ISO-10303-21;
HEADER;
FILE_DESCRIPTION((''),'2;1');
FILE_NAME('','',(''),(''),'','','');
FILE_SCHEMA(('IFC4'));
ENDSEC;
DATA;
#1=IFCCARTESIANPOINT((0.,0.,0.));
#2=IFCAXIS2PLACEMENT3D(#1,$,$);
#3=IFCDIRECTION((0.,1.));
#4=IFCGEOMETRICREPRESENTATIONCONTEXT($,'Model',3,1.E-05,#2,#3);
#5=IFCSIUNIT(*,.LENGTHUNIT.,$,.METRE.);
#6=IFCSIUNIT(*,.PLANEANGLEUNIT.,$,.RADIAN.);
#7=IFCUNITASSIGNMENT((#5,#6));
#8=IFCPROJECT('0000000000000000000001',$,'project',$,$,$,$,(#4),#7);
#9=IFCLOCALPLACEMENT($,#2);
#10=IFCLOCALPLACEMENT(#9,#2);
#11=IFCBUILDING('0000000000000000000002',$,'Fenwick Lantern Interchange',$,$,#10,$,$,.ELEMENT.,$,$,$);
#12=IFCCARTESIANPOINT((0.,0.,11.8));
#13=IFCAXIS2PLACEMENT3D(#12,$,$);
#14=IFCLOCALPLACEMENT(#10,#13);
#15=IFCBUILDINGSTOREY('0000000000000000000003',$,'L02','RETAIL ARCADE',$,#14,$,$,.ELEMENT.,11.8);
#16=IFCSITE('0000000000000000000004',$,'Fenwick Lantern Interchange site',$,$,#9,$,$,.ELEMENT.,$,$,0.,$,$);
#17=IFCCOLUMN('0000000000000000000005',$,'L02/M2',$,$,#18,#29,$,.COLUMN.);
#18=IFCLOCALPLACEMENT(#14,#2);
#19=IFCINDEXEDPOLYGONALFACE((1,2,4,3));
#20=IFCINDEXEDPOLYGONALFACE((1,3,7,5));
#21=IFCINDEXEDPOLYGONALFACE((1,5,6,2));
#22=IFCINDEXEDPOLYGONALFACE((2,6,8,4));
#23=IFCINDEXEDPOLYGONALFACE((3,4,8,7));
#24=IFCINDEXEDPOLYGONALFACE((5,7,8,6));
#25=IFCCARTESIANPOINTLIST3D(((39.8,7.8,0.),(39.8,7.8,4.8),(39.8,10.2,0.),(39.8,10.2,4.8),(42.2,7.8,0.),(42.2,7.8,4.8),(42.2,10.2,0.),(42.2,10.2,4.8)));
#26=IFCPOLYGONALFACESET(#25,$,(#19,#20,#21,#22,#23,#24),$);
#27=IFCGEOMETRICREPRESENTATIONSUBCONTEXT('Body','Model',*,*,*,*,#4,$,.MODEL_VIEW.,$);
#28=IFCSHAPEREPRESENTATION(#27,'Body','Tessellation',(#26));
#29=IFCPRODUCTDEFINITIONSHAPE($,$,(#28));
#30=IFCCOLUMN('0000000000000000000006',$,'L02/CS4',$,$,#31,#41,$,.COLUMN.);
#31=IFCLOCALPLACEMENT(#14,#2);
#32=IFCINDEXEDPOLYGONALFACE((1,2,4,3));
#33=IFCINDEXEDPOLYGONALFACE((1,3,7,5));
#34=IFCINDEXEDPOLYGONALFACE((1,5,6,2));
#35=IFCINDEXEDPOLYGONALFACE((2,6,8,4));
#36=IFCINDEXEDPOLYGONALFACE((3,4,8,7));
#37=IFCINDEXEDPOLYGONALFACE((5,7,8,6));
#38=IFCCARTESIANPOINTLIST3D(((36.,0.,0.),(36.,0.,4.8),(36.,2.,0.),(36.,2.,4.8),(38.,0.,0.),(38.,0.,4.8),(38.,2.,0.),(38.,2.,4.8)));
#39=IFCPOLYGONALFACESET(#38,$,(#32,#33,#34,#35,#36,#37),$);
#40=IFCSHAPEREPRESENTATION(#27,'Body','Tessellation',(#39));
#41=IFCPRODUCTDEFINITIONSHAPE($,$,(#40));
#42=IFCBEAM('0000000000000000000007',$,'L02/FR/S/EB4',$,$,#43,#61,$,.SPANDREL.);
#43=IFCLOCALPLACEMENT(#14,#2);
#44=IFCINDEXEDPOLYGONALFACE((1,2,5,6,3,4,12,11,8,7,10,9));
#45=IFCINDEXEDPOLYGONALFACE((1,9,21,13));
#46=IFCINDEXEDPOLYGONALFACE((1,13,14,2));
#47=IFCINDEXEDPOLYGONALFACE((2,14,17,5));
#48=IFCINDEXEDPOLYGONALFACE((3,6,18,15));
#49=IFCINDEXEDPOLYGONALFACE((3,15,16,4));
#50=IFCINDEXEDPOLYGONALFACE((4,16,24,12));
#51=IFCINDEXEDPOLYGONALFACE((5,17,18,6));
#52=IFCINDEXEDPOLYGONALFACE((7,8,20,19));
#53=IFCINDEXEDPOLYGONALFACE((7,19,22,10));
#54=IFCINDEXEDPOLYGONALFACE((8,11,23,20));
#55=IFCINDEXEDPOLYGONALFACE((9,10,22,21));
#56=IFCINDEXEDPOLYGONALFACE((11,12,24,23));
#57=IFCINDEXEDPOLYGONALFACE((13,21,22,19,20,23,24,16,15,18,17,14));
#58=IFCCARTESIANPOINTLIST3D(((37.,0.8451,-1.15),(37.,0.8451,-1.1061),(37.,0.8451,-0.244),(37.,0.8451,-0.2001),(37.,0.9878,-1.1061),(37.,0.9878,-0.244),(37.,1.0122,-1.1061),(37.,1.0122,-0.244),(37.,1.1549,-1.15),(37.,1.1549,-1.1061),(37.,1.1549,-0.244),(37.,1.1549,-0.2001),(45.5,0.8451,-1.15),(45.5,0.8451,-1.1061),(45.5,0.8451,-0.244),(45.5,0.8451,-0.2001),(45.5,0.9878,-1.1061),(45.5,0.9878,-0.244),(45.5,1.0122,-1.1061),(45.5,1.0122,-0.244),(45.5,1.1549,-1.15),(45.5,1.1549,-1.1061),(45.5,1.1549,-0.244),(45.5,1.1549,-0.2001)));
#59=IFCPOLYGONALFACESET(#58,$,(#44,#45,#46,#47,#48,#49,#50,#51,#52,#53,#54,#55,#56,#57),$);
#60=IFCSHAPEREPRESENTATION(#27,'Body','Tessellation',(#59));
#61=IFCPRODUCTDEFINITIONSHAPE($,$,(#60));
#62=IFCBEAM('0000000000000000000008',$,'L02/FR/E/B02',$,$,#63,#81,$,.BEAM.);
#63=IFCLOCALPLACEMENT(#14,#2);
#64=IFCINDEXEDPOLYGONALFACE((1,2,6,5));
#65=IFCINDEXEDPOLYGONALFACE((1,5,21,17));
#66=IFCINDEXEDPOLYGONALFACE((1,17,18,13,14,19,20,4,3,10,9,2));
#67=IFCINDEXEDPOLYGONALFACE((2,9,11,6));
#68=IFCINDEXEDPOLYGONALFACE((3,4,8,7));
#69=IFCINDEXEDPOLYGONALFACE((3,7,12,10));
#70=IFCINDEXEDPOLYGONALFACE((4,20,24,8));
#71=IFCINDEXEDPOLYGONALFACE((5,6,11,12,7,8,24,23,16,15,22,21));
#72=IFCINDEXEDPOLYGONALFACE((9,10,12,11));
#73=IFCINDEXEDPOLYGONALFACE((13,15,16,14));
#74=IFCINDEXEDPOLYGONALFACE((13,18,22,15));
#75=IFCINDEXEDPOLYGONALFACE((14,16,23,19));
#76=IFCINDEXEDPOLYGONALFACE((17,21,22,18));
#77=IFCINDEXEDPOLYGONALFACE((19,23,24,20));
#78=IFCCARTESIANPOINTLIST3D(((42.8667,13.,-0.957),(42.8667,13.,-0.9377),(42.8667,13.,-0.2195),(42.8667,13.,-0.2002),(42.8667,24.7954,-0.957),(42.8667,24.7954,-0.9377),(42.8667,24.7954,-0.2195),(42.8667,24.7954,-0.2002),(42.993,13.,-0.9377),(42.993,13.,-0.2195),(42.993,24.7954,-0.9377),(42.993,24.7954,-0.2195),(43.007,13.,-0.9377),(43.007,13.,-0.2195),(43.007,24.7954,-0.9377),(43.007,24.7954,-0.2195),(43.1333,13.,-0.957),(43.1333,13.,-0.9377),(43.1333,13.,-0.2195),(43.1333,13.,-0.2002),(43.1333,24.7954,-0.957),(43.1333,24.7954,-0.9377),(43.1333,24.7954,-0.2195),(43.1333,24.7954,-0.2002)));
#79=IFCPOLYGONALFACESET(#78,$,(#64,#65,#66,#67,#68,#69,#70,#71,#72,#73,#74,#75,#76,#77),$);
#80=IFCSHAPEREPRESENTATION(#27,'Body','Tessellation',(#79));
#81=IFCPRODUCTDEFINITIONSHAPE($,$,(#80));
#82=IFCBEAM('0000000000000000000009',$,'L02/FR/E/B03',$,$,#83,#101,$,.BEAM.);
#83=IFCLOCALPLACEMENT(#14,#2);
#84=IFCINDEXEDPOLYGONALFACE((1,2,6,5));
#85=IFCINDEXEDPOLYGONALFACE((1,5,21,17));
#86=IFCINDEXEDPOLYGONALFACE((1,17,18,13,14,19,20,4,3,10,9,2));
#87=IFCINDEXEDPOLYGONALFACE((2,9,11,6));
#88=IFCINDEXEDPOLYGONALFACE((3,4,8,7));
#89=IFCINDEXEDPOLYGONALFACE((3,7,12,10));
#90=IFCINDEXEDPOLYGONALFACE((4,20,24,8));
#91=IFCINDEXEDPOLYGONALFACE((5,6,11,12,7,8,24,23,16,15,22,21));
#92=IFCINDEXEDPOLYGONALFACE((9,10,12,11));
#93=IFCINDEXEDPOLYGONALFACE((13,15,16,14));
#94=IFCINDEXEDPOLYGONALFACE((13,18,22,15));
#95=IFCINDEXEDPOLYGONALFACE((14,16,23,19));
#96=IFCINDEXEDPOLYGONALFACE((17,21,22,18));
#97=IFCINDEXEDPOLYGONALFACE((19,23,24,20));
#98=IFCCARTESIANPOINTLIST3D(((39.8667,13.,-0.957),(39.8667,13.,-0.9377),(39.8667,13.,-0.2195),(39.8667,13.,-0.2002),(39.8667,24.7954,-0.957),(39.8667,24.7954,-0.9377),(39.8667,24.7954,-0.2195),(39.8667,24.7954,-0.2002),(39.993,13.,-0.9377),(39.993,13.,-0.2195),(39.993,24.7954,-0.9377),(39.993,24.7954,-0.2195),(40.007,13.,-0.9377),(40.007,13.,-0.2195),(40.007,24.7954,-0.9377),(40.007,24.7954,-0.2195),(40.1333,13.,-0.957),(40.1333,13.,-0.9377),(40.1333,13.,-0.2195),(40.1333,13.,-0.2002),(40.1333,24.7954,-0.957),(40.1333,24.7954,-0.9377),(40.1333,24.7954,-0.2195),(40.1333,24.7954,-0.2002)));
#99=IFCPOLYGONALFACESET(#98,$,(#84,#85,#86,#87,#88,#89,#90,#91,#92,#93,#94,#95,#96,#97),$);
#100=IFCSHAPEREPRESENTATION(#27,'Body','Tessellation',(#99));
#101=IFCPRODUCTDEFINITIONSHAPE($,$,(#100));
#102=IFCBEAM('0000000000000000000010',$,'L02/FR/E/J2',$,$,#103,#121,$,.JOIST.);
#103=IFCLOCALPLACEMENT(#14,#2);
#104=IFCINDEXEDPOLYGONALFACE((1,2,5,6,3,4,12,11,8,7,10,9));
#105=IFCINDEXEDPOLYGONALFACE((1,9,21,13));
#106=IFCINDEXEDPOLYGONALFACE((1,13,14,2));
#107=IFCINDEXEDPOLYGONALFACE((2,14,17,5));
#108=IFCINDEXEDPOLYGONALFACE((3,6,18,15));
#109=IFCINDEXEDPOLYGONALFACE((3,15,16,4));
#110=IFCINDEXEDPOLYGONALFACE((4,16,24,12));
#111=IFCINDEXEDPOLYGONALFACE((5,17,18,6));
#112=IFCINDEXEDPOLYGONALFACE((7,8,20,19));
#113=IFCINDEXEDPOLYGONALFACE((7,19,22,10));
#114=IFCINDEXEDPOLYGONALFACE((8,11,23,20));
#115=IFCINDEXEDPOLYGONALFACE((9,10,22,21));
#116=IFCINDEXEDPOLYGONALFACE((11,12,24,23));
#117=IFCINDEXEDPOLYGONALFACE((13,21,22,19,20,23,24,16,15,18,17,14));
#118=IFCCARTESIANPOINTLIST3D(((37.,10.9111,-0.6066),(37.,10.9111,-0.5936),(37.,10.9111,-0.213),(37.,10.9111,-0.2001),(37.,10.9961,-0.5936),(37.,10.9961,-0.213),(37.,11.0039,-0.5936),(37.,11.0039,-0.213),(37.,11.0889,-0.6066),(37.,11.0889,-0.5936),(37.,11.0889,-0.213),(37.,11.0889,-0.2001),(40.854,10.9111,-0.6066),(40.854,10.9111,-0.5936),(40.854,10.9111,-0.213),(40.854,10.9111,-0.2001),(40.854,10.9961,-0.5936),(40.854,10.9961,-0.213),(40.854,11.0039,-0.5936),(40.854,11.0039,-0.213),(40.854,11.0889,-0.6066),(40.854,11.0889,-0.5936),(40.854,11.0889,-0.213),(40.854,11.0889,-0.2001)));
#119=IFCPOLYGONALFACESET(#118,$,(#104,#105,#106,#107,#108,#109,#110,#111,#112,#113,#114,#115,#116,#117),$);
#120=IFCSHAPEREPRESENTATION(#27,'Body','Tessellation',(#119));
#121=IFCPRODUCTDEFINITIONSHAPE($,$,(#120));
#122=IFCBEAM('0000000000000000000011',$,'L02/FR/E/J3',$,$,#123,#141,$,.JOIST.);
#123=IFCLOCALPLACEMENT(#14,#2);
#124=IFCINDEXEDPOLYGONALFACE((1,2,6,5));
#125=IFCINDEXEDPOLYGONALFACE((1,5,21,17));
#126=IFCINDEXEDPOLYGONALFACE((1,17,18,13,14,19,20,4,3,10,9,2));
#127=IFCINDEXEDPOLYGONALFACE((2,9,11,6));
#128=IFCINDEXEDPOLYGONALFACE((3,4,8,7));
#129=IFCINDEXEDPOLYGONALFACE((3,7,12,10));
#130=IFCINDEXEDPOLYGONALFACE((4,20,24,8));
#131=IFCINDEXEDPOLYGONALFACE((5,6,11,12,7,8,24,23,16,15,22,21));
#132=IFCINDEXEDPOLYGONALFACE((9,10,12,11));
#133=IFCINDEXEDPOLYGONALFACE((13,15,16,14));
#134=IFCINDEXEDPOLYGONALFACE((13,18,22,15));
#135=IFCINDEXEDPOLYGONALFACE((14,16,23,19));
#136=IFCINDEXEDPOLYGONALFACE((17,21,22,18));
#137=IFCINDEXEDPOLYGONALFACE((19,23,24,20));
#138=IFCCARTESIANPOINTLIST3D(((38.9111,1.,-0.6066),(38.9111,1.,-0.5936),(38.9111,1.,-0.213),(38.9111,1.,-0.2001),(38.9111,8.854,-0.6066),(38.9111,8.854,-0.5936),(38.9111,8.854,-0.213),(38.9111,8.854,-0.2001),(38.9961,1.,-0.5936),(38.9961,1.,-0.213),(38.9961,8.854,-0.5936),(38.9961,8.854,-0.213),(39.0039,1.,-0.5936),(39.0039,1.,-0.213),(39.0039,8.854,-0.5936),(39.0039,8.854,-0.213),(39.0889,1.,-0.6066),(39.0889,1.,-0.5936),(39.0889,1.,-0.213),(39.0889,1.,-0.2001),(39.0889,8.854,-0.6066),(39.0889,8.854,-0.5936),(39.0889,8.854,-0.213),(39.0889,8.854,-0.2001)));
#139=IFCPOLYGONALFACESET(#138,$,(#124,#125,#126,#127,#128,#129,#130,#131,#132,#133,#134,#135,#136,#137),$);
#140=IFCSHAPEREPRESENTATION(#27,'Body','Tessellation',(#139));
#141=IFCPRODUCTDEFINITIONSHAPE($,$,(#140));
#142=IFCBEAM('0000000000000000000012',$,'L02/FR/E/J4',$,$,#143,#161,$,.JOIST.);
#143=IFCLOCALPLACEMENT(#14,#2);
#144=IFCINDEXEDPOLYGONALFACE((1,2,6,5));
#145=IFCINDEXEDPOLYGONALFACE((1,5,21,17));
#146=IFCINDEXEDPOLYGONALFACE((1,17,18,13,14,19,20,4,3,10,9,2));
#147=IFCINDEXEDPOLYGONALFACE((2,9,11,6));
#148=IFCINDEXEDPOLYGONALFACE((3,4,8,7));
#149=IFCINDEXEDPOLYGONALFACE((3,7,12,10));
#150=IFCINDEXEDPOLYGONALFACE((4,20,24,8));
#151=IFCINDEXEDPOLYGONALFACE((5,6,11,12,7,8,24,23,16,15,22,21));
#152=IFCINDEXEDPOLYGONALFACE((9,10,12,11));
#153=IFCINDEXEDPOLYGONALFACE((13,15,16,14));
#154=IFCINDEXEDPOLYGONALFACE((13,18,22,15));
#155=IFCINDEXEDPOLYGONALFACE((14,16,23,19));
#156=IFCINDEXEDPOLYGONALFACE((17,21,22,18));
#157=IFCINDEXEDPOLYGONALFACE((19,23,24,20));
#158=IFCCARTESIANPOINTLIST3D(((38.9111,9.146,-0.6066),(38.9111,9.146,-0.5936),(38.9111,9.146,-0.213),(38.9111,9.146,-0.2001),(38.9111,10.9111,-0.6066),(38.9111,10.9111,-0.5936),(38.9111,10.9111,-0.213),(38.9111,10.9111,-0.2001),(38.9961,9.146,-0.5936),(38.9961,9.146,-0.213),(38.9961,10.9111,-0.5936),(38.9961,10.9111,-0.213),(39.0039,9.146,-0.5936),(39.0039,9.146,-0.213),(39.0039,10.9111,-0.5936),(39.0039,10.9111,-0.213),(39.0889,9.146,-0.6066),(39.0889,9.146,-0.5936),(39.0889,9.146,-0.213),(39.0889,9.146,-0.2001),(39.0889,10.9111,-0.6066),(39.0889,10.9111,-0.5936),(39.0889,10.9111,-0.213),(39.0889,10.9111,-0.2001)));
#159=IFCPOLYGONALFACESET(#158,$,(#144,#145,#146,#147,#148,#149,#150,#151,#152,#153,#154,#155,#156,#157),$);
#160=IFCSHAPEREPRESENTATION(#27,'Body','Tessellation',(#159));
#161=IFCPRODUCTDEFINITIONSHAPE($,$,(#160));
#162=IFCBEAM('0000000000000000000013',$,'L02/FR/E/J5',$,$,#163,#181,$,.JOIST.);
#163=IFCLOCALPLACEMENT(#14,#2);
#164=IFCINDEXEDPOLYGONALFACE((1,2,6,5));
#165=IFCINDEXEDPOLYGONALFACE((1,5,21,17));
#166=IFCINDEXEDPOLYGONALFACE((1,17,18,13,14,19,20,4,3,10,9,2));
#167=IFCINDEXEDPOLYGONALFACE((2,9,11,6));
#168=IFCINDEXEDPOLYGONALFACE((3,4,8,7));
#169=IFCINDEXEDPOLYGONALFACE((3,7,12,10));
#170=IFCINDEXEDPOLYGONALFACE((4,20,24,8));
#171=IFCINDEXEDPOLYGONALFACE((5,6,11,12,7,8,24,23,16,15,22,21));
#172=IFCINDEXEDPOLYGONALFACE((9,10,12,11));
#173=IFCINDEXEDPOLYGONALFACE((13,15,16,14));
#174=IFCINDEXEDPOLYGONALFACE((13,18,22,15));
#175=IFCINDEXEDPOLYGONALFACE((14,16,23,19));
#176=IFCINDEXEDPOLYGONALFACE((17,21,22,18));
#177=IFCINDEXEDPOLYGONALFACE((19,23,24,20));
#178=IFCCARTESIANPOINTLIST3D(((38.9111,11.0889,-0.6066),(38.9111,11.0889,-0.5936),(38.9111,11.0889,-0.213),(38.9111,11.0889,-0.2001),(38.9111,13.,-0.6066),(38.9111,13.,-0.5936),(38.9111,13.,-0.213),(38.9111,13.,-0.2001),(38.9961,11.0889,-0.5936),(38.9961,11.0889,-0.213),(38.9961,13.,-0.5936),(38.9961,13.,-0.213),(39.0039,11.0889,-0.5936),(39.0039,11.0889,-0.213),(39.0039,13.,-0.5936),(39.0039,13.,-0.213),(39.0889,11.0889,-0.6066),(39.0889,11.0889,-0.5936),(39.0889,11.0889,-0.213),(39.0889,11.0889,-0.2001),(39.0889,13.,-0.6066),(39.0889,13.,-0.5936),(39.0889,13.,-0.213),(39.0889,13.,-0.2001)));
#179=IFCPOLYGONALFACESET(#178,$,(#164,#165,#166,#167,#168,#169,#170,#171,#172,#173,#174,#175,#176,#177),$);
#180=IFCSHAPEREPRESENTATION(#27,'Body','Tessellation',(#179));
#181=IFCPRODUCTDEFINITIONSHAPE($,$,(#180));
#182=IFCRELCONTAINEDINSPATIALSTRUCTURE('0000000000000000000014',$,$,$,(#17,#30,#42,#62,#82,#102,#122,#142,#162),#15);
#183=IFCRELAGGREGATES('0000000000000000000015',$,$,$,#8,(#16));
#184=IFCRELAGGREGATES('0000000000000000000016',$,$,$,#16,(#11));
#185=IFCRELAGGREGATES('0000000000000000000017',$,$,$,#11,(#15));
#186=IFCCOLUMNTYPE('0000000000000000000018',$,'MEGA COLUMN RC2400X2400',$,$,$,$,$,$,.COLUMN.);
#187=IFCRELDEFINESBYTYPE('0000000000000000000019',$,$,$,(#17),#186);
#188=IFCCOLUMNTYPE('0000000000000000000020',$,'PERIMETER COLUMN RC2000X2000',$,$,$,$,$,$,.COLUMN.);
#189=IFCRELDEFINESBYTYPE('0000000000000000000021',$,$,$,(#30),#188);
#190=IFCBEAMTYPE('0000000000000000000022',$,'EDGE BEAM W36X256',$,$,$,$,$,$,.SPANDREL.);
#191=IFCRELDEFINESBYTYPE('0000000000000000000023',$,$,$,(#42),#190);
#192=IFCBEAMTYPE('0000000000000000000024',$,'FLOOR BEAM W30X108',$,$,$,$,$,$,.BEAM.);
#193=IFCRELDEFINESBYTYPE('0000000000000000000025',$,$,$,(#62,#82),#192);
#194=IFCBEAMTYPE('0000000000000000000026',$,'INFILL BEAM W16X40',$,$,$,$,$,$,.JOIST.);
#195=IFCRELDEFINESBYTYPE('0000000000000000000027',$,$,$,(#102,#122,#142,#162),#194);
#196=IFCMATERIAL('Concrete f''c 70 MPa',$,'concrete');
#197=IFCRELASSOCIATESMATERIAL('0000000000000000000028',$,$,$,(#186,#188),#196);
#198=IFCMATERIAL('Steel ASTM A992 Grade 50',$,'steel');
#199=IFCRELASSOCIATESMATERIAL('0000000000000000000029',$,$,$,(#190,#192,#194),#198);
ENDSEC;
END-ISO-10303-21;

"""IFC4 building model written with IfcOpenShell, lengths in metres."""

from ifc_helpers import new_model, si_unit, direction, frame, origin, origin_2d, place, context, subcontext, project, spatial, rectangle, i_section, extrude, material, material_profile, profile_set, type_object, element, save


model = new_model("IFC4")

# Units and contexts
model_context = context("Model", 3, precision=1e-05, world=origin(), true_north=direction((0.0, 1.0)))
body_context = subcontext(model_context, "Body", "Model", "MODEL_VIEW")
ifc_project = project(units=[si_unit("LENGTHUNIT", "METRE"), si_unit("PLANEANGLEUNIT", "RADIAN")], contexts=[model_context])

# Site, building, storey
site_placement = place(None, origin())
site = spatial("IfcSite", under=ifc_project, at=site_placement, Name="Fenwick Lantern Interchange site", CompositionType="ELEMENT", RefElevation=0.0)
building_placement = place(site_placement, origin())
building = spatial("IfcBuilding", under=site, at=building_placement, Name="Fenwick Lantern Interchange", CompositionType="ELEMENT")
storey_placement = place(building_placement, frame((0.0, 0.0, 11.8)))
storey = spatial("IfcBuildingStorey", under=building, at=storey_placement, Name="L02", Description="RETAIL ARCADE", CompositionType="ELEMENT", Elevation=11.8)

# Columns
ifc_material_1 = material(Name="Concrete f'c 70 MPa", Category="concrete")
ifc_material_profile_1 = material_profile(ifc_material_1, rectangle(XDim=2.3999, YDim=2.3999, at=origin_2d()), Name="RC2400X2400")
ifc_profile_set_1 = profile_set([ifc_material_profile_1], Name="Concrete f'c 70 MPa")
column_type_1 = type_object("IfcColumnType", Name="MEGA COLUMN RC2400X2400", PredefinedType="COLUMN", material=ifc_profile_set_1)
column_1_placement = place(storey_placement, frame((41.0, 9.0, 0.0), z_axis=(0.0, 0.0, 1.0), x_axis=(1.0, 0.0, 0.0)))
element("IfcColumn", 1, at=column_1_placement, inside=storey, type_object=column_type_1, Name="L02/M2", PredefinedType="COLUMN", context=body_context, shape_type="SweptSolid", body=[
    extrude(rectangle(XDim=2.3999, YDim=2.3999, at=origin_2d()), origin(), (0.0, 0.0, 1.0), 4.8),
])
ifc_material_profile_2 = material_profile(ifc_material_1, rectangle(XDim=2.0, YDim=2.0, at=origin_2d()), Name="RC2000X2000")
ifc_profile_set_2 = profile_set([ifc_material_profile_2], Name="Concrete f'c 70 MPa")
column_type_2 = type_object("IfcColumnType", Name="PERIMETER COLUMN RC2000X2000", PredefinedType="COLUMN", material=ifc_profile_set_2)
column_2_placement = place(storey_placement, frame((37.0, 1.0, 0.0), z_axis=(0.0, 0.0, 1.0), x_axis=(1.0, 0.0, 0.0)))
element("IfcColumn", 2, at=column_2_placement, inside=storey, type_object=column_type_2, Name="L02/CS4", PredefinedType="COLUMN", context=body_context, shape_type="SweptSolid", body=[
    extrude(rectangle(XDim=2.0, YDim=2.0, at=origin_2d()), origin(), (0.0, 0.0, 1.0), 4.8),
])

# Beams
ifc_material_2 = material(Name="Steel ASTM A992 Grade 50", Category="steel")
ifc_material_profile_3 = material_profile(ifc_material_2, i_section(OverallWidth=0.3098, OverallDepth=0.95, WebThickness=0.0244, FlangeThickness=0.0439, at=origin_2d()), Name="W36X256")
ifc_profile_set_3 = profile_set([ifc_material_profile_3], Name="Steel ASTM A992 Grade 50")
beam_type_1 = type_object("IfcBeamType", Name="EDGE BEAM W36X256", PredefinedType="SPANDREL", material=ifc_profile_set_3)
beam_1_placement = place(storey_placement, frame((37.0, 1.0, -0.675), z_axis=(1.0, 0.0, 0.0), x_axis=(0.0, 1.0, 0.0)))
element("IfcBeam", 3, at=beam_1_placement, inside=storey, type_object=beam_type_1, Name="L02/FR/S/EB4", PredefinedType="SPANDREL", context=body_context, shape_type="SweptSolid", body=[
    extrude(i_section(OverallWidth=0.3098, OverallDepth=0.95, WebThickness=0.0244, FlangeThickness=0.0439, at=origin_2d()), origin(), (0.0, 0.0, 1.0), 8.5),
])
ifc_material_profile_4 = material_profile(ifc_material_2, i_section(OverallWidth=0.2666, OverallDepth=0.7568, WebThickness=0.0139, FlangeThickness=0.0193, at=origin_2d()), Name="W30X108")
ifc_profile_set_4 = profile_set([ifc_material_profile_4], Name="Steel ASTM A992 Grade 50")
beam_type_2 = type_object("IfcBeamType", Name="FLOOR BEAM W30X108", PredefinedType="BEAM", material=ifc_profile_set_4)
for number, where, z_axis, x_axis, name in (
    (4, (43.0, 13.0, -0.5786), (0.0, 1.0, 0.0), (-1.0, 0.0, 0.0), "L02/FR/E/B02"),
    (5, (40.0, 13.0, -0.5786), (0.0, 1.0, 0.0), (-1.0, 0.0, 0.0), "L02/FR/E/B03"),
):
    element("IfcBeam", number, at=place(storey_placement, frame(where, z_axis=z_axis, x_axis=x_axis)), inside=storey, type_object=beam_type_2, Name=name, PredefinedType="BEAM", context=body_context, shape_type="SweptSolid", body=[
        extrude(i_section(OverallWidth=0.2666, OverallDepth=0.7568, WebThickness=0.0139, FlangeThickness=0.0193, at=origin_2d()), origin(), (0.0, 0.0, 1.0), 11.7954),
    ])
ifc_material_profile_5 = material_profile(ifc_material_2, i_section(OverallWidth=0.1777, OverallDepth=0.4065, WebThickness=0.0078, FlangeThickness=0.0129, at=origin_2d()), Name="W16X40")
ifc_profile_set_5 = profile_set([ifc_material_profile_5], Name="Steel ASTM A992 Grade 50")
beam_type_3 = type_object("IfcBeamType", Name="INFILL BEAM W16X40", PredefinedType="JOIST", material=ifc_profile_set_5)
beam_2_placement = place(storey_placement, frame((40.854, 11.0, -0.4033), z_axis=(-1.0, 0.0, 0.0), x_axis=(0.0, -1.0, 0.0)))
element("IfcBeam", 6, at=beam_2_placement, inside=storey, type_object=beam_type_3, Name="L02/FR/E/J2", PredefinedType="JOIST", context=body_context, shape_type="SweptSolid", body=[
    extrude(i_section(OverallWidth=0.1777, OverallDepth=0.4065, WebThickness=0.0078, FlangeThickness=0.0129, at=origin_2d()), origin(), (0.0, 0.0, 1.0), 3.854),
])
beam_3_placement = place(storey_placement, frame((39.0, 1.0, -0.4033), z_axis=(0.0, 1.0, 0.0), x_axis=(-1.0, 0.0, 0.0)))
element("IfcBeam", 7, at=beam_3_placement, inside=storey, type_object=beam_type_3, Name="L02/FR/E/J3", PredefinedType="JOIST", context=body_context, shape_type="SweptSolid", body=[
    extrude(i_section(OverallWidth=0.1777, OverallDepth=0.4065, WebThickness=0.0078, FlangeThickness=0.0129, at=origin_2d()), origin(), (0.0, 0.0, 1.0), 7.854),
])
beam_4_placement = place(storey_placement, frame((39.0, 9.146, -0.4033), z_axis=(0.0, 1.0, 0.0), x_axis=(-1.0, 0.0, 0.0)))
element("IfcBeam", 8, at=beam_4_placement, inside=storey, type_object=beam_type_3, Name="L02/FR/E/J4", PredefinedType="JOIST", context=body_context, shape_type="SweptSolid", body=[
    extrude(i_section(OverallWidth=0.1777, OverallDepth=0.4065, WebThickness=0.0078, FlangeThickness=0.0129, at=origin_2d()), origin(), (0.0, 0.0, 1.0), 1.7651),
])
beam_5_placement = place(storey_placement, frame((39.0, 11.0889, -0.4033), z_axis=(0.0, 1.0, 0.0), x_axis=(-1.0, 0.0, 0.0)))
element("IfcBeam", 9, at=beam_5_placement, inside=storey, type_object=beam_type_3, Name="L02/FR/E/J5", PredefinedType="JOIST", context=body_context, shape_type="SweptSolid", body=[
    extrude(i_section(OverallWidth=0.1777, OverallDepth=0.4065, WebThickness=0.0078, FlangeThickness=0.0129, at=origin_2d()), origin(), (0.0, 0.0, 1.0), 1.9111),
])

save(model, "model.ifc")
